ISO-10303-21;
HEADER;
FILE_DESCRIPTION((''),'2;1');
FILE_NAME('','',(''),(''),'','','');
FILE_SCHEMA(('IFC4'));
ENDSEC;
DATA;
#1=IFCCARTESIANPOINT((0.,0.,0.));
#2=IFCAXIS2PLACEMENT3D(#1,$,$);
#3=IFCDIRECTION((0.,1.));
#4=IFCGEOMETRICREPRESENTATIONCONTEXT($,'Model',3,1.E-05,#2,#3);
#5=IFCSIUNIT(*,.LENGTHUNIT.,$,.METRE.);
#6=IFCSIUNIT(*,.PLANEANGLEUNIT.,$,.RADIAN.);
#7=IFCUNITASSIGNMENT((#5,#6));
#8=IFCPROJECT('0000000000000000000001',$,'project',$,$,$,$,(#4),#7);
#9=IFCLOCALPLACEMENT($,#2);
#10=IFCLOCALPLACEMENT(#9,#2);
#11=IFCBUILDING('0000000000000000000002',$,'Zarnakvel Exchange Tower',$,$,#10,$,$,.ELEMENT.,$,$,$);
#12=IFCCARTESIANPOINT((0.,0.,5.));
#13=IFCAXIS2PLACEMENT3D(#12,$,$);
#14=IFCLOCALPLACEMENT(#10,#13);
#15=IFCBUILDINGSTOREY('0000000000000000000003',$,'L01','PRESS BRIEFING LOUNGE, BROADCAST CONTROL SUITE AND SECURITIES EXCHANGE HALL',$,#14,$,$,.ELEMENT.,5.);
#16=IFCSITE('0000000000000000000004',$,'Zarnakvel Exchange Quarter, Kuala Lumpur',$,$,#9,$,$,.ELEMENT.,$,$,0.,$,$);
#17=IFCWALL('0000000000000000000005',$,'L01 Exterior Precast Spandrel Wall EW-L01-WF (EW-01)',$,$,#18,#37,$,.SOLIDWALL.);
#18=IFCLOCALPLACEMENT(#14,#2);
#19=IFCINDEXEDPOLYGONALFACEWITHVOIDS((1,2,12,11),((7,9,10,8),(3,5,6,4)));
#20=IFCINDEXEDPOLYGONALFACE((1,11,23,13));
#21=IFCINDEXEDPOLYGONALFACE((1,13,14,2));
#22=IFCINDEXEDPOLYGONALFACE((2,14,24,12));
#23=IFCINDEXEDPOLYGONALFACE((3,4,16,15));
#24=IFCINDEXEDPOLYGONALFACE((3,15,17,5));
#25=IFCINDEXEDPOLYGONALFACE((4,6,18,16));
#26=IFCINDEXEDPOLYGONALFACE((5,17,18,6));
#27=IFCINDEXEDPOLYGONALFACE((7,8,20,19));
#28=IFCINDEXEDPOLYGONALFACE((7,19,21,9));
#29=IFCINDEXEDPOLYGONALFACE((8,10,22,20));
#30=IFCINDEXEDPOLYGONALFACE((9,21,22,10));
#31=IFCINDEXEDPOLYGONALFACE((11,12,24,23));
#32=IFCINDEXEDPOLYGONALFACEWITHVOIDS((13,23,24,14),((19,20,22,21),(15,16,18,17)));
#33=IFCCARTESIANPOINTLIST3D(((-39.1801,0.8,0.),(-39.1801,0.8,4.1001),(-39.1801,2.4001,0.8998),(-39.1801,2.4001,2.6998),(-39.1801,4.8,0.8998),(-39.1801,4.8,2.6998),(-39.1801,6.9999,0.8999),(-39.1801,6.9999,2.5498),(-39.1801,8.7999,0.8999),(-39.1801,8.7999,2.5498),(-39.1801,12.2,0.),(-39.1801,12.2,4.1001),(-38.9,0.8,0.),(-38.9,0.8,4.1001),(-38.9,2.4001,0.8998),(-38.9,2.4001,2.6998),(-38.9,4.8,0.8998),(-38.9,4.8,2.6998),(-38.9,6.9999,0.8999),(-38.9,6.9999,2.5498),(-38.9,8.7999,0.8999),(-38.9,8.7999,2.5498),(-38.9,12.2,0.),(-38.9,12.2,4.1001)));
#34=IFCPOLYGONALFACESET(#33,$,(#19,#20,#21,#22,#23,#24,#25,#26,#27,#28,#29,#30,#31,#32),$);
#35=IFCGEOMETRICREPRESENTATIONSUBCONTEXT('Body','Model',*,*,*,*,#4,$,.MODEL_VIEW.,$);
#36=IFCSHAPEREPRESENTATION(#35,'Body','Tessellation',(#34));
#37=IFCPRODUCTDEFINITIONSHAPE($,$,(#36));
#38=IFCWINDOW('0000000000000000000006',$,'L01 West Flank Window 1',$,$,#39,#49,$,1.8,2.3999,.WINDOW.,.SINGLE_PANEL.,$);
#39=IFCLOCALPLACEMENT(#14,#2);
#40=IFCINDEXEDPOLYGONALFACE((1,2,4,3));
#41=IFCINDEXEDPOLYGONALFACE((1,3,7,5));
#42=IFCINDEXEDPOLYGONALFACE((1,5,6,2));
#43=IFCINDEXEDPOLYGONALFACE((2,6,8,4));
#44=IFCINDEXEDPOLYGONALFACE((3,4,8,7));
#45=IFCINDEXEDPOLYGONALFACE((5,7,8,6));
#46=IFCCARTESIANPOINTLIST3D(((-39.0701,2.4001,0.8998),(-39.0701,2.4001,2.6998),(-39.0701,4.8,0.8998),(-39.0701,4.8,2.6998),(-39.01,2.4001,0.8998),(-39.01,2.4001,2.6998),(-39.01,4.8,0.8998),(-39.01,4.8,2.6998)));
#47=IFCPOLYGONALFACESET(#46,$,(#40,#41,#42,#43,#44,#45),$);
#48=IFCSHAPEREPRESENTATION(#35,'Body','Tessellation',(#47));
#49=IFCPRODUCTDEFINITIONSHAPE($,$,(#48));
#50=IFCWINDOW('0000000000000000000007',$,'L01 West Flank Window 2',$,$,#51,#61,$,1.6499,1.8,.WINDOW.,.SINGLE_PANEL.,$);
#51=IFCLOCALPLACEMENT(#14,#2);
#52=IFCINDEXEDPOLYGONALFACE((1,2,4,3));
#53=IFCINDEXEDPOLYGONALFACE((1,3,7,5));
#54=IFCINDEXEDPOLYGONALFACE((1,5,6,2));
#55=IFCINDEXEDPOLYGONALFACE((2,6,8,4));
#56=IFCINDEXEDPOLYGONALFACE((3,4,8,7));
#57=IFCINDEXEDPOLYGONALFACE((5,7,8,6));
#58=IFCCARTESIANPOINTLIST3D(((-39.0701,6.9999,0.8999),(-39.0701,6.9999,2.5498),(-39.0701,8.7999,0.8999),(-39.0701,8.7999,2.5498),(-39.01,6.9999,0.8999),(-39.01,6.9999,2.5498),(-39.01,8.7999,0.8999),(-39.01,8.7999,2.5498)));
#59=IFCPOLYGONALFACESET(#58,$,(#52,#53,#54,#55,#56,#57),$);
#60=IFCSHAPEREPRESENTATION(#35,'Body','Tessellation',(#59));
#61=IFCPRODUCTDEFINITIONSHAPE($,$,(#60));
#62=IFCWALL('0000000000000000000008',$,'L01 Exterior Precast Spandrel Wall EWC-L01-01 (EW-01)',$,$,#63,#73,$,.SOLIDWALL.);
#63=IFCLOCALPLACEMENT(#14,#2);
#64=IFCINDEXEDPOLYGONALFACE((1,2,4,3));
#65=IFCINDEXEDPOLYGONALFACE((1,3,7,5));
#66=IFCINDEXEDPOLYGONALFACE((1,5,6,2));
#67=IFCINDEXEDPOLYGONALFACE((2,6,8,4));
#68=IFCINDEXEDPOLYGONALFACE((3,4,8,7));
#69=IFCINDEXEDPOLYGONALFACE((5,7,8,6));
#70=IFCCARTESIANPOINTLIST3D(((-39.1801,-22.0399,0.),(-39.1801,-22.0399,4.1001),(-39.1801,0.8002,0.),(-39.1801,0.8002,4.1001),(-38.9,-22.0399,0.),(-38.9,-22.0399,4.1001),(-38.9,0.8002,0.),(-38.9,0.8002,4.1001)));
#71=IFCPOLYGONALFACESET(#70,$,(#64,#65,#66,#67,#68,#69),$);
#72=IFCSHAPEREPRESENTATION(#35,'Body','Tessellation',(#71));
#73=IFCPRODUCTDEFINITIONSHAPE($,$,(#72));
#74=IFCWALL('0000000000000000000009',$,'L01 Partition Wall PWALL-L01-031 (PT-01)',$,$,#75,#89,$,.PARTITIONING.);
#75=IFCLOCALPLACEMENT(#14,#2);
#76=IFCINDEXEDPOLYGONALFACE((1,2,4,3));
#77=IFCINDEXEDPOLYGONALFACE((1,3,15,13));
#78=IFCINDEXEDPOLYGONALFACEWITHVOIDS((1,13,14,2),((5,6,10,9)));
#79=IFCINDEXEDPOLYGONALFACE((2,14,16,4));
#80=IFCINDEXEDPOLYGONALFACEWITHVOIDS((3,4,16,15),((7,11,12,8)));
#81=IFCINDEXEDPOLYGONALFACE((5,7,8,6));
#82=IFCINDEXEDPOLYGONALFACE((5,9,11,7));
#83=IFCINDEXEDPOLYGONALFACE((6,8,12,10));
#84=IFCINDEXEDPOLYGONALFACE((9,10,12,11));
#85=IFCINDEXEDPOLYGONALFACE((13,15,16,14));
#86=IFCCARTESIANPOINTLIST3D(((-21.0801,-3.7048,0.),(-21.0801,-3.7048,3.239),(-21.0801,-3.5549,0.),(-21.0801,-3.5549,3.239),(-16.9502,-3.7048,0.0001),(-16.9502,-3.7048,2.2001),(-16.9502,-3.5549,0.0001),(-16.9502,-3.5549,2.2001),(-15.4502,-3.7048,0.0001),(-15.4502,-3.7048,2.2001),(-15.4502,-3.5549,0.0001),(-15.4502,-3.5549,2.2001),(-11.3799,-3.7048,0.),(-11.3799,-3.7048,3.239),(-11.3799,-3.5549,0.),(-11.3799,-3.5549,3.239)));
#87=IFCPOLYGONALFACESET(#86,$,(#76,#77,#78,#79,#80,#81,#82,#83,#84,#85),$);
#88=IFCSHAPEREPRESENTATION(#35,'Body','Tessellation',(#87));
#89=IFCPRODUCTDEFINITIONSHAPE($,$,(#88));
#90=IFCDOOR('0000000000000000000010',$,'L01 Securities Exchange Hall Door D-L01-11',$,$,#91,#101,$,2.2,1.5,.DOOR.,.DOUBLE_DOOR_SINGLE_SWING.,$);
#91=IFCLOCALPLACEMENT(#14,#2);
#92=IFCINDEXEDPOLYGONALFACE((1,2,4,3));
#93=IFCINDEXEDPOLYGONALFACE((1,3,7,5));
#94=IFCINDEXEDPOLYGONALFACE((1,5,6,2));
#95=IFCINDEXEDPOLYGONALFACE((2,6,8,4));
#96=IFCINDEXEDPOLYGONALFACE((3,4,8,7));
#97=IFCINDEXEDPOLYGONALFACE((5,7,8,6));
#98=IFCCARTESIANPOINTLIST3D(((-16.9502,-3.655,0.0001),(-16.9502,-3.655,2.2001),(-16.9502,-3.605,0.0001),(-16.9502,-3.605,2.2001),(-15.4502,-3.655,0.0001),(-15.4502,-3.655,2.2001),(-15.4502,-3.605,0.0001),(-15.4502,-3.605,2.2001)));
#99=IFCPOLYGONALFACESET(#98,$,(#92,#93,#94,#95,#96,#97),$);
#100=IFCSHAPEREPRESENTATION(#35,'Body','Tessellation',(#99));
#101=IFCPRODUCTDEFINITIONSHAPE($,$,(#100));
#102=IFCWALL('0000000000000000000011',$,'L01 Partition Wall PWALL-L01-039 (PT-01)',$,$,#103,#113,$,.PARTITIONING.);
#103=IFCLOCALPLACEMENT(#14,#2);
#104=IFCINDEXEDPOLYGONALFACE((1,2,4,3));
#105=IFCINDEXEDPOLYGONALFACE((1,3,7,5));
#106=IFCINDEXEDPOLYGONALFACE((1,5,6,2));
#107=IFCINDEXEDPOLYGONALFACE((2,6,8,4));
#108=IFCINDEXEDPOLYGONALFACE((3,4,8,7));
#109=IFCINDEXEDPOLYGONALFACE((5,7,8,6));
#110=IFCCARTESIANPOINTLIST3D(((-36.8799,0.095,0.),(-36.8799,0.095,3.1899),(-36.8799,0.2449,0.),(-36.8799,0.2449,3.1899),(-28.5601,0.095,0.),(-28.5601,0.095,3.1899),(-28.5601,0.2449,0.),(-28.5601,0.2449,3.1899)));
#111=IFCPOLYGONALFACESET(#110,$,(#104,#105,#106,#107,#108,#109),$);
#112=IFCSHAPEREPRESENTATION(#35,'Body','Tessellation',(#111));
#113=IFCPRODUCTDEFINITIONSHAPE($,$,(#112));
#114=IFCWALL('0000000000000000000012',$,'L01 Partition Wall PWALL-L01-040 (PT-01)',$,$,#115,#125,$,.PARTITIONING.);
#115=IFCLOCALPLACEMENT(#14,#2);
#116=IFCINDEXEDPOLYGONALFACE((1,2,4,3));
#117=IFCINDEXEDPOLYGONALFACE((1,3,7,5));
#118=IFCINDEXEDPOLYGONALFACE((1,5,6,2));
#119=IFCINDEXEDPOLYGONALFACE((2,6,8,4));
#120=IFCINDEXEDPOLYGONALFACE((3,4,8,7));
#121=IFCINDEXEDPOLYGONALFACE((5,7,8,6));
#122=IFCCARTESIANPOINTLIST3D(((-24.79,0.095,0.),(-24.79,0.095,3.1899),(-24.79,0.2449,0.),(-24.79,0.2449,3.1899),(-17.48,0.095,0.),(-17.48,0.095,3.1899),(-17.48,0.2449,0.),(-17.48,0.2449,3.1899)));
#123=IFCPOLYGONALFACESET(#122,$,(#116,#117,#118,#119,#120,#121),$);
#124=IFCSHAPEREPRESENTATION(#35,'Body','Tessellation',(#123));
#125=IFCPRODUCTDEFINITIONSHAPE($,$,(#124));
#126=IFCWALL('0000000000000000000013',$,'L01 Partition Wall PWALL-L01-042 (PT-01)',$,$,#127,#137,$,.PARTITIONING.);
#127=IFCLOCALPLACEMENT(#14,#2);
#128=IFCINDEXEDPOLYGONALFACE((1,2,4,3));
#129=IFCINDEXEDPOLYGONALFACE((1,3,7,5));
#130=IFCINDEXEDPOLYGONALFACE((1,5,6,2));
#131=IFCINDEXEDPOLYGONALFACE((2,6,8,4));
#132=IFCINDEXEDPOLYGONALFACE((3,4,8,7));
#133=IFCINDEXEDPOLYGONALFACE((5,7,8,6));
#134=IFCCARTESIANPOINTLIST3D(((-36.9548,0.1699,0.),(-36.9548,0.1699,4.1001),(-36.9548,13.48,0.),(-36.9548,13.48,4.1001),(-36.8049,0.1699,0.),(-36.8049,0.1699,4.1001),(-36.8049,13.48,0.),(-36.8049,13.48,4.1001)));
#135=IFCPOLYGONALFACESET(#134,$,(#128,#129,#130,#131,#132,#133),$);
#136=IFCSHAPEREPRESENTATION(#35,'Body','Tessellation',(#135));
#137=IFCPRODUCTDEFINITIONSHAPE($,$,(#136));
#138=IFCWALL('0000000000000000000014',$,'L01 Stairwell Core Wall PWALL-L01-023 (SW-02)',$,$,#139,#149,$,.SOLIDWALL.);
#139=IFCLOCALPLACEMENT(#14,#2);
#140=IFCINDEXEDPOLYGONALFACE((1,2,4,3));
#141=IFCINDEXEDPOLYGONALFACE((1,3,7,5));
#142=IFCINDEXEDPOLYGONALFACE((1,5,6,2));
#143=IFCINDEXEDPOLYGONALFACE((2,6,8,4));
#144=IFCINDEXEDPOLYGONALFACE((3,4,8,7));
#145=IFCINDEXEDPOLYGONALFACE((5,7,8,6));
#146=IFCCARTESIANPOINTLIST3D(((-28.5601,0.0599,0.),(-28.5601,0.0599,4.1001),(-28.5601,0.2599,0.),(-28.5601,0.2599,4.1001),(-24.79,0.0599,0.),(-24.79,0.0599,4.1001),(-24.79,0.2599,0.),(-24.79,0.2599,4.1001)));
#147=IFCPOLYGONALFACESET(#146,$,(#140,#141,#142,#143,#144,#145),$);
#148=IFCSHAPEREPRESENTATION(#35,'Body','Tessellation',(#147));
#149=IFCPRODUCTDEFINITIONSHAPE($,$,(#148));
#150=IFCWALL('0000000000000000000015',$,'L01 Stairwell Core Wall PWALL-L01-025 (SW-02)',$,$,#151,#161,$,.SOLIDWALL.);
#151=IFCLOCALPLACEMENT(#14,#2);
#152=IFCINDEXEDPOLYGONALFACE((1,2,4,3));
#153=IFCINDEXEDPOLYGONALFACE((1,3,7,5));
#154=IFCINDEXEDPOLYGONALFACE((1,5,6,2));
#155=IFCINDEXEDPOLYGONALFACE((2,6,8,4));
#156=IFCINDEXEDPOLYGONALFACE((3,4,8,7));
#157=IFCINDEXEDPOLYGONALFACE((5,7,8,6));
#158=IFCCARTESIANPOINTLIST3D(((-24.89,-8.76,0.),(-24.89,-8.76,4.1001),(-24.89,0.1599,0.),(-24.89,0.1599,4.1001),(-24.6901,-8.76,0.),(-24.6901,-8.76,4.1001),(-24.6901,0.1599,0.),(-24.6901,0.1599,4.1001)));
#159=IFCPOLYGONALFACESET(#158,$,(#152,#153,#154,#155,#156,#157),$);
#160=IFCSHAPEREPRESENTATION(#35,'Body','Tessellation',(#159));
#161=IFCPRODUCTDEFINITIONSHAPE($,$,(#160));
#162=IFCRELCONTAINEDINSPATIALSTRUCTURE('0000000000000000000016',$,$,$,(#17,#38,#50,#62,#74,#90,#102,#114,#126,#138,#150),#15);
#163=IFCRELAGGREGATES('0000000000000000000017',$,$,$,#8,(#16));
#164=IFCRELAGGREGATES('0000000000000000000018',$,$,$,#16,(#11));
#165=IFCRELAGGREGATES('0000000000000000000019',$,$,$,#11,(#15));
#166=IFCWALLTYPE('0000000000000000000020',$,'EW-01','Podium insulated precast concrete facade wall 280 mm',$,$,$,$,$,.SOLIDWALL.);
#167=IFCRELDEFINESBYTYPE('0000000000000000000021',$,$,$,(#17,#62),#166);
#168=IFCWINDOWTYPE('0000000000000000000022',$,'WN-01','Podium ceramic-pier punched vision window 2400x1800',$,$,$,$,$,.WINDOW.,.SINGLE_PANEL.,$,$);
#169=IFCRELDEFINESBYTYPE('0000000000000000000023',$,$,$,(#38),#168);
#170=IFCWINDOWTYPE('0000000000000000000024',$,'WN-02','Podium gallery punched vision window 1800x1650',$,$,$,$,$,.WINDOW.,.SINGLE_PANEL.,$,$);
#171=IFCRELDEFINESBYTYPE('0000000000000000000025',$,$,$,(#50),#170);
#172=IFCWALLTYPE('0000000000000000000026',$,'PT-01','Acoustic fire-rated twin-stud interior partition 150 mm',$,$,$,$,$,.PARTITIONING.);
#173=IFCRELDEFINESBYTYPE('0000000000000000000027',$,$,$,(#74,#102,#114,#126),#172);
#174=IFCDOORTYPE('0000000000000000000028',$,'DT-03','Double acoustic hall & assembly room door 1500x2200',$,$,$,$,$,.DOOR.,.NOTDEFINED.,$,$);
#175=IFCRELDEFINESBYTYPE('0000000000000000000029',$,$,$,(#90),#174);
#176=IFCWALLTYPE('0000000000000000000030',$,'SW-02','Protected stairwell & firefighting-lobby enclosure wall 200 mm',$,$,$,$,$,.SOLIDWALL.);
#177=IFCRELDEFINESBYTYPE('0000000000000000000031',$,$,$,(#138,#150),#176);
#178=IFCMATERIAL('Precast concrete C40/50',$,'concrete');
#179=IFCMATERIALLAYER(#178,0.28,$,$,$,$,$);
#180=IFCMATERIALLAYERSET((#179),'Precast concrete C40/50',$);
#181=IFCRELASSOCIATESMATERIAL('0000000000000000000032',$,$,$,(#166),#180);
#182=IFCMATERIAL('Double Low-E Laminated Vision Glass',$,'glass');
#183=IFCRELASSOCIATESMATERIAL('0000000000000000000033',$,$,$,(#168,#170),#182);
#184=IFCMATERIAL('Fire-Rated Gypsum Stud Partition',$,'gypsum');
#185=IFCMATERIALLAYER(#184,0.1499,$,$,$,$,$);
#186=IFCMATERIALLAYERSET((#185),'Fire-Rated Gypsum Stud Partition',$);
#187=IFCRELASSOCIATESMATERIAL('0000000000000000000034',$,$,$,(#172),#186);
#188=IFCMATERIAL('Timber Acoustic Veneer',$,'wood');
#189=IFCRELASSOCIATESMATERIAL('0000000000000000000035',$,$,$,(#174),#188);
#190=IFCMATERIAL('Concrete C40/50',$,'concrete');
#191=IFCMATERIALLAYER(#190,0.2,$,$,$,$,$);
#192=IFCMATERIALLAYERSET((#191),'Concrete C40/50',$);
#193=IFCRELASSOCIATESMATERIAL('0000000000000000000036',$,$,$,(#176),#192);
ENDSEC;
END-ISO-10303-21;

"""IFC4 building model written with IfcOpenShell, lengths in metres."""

from ifc_helpers import new_model, si_unit, direction, frame, frame_2d, origin, place, context, subcontext, project, spatial, rectangle, extrude, source, transform, mapped, material, layer, layer_set, type_object, element, fill, save


model = new_model("IFC4")

# Units and contexts
model_context = context("Model", 3, precision=1e-05, world=origin(), true_north=direction((0.0, 1.0)))
body_context = subcontext(model_context, "Body", "Model", "MODEL_VIEW")
ifc_project = project(units=[si_unit("LENGTHUNIT", "METRE"), si_unit("PLANEANGLEUNIT", "RADIAN")], contexts=[model_context])

# Site, building, storey
site_placement = place(None, origin())
site = spatial("IfcSite", under=ifc_project, at=site_placement, Name="Zarnakvel Exchange Quarter, Kuala Lumpur", CompositionType="ELEMENT", RefElevation=0.0)
building_placement = place(site_placement, origin())
building = spatial("IfcBuilding", under=site, at=building_placement, Name="Zarnakvel Exchange Tower", CompositionType="ELEMENT")
storey_placement = place(building_placement, frame((0.0, 0.0, 5.0)))
storey = spatial("IfcBuildingStorey", under=building, at=storey_placement, Name="L01", Description="PRESS BRIEFING LOUNGE, BROADCAST CONTROL SUITE AND SECURITIES EXCHANGE HALL", CompositionType="ELEMENT", Elevation=5.0)

# Wall, openings, windows
ifc_material_1 = material(Name="Precast concrete C40/50", Category="concrete")
ifc_layer_1 = layer(ifc_material_1, 0.28)
ifc_layer_set_1 = layer_set([ifc_layer_1], Name="Precast concrete C40/50")
wall_type_1 = type_object("IfcWallType", Name="EW-01", Description="Podium insulated precast concrete facade wall 280 mm", PredefinedType="SOLIDWALL", material=ifc_layer_set_1)
wall_1_placement = place(storey_placement, frame((-39.04, 0.8, 0.0), z_axis=(0.0, 0.0, 1.0), x_axis=(0.0, 1.0, 0.0)))
wall_1 = element("IfcWall", 1, at=wall_1_placement, inside=storey, type_object=wall_type_1, Name="L01 Exterior Precast Spandrel Wall EW-L01-WF (EW-01)", PredefinedType="SOLIDWALL", context=body_context, shape_type="SweptSolid", body=[
    extrude(rectangle(XDim=11.3999, YDim=0.28, at=frame_2d((5.7, 0.0))), origin(), (0.0, 0.0, 1.0), 4.1001),
])
opening_1_placement = place(wall_1_placement, frame((1.6001, 0.0, 0.8999)))
opening_1 = element("IfcOpeningElement", 2, at=opening_1_placement, cuts=wall_1, PredefinedType="OPENING", context=body_context, shape_type="SweptSolid", body=[
    extrude(rectangle(XDim=2.3999, YDim=1.8, at=frame_2d((1.2, 0.8999))), frame((0.0, 0.1499, 0.0), z_axis=(0.0, -1.0, 0.0), x_axis=(1.0, 0.0, 0.0)), (0.0, 0.0, 1.0), 0.3),
])
opening_2_placement = place(wall_1_placement, frame((6.2, 0.0, 0.8999)))
opening_2 = element("IfcOpeningElement", 3, at=opening_2_placement, cuts=wall_1, PredefinedType="OPENING", context=body_context, shape_type="SweptSolid", body=[
    extrude(rectangle(XDim=1.8, YDim=1.6499, at=frame_2d((0.8999, 0.825))), frame((0.0, 0.1499, 0.0), z_axis=(0.0, -1.0, 0.0), x_axis=(1.0, 0.0, 0.0)), (0.0, 0.0, 1.0), 0.3),
])
ifc_material_2 = material(Name="Double Low-E Laminated Vision Glass", Category="glass")
window_type_1 = type_object("IfcWindowType", Name="WN-01", Description="Podium ceramic-pier punched vision window 2400x1800", PartitioningType="SINGLE_PANEL", PredefinedType="WINDOW", material=ifc_material_2)
shared_shape_1 = source(origin(), body_context, "Body", "SweptSolid", [
    extrude(rectangle(XDim=2.3999, YDim=1.8, at=frame_2d((1.2, 0.8999))), frame((0.0, 0.03, 0.0), z_axis=(0.0, -1.0, 0.0), x_axis=(1.0, 0.0, 0.0)), (0.0, 0.0, 1.0), 0.0601),
])
window_1_placement = place(opening_1_placement, origin())
window_1 = element("IfcWindow", 4, at=window_1_placement, inside=storey, type_object=window_type_1, Name="L01 West Flank Window 1", OverallHeight=1.8, OverallWidth=2.3999, PartitioningType="SINGLE_PANEL", PredefinedType="WINDOW", context=body_context, shape_type="MappedRepresentation", body=[
    mapped(shared_shape_1, transform((0.0, 0.0, 0.0), x_axis=(1.0, 0.0, 0.0), y_axis=(0.0, 1.0, 0.0), z_axis=(0.0, 0.0, 1.0), scale=1.0)),
])
fill(opening_1, window_1)
window_type_2 = type_object("IfcWindowType", Name="WN-02", Description="Podium gallery punched vision window 1800x1650", PartitioningType="SINGLE_PANEL", PredefinedType="WINDOW", material=ifc_material_2)
shared_shape_2 = source(origin(), body_context, "Body", "SweptSolid", [
    extrude(rectangle(XDim=1.8, YDim=1.6499, at=frame_2d((0.8999, 0.825))), frame((0.0, 0.03, 0.0), z_axis=(0.0, -1.0, 0.0), x_axis=(1.0, 0.0, 0.0)), (0.0, 0.0, 1.0), 0.0601),
])
window_2_placement = place(opening_2_placement, origin())
window_2 = element("IfcWindow", 5, at=window_2_placement, inside=storey, type_object=window_type_2, Name="L01 West Flank Window 2", OverallHeight=1.6499, OverallWidth=1.8, PartitioningType="SINGLE_PANEL", PredefinedType="WINDOW", context=body_context, shape_type="MappedRepresentation", body=[
    mapped(shared_shape_2, transform((0.0, 0.0, 0.0), x_axis=(1.0, 0.0, 0.0), y_axis=(0.0, 1.0, 0.0), z_axis=(0.0, 0.0, 1.0), scale=1.0)),
])
fill(opening_2, window_2)

# Wall
wall_2_placement = place(storey_placement, frame((-39.04, 0.8, 0.0), z_axis=(0.0, 0.0, 1.0), x_axis=(0.0, -1.0, 0.0)))
element("IfcWall", 6, at=wall_2_placement, inside=storey, type_object=wall_type_1, Name="L01 Exterior Precast Spandrel Wall EWC-L01-01 (EW-01)", PredefinedType="SOLIDWALL", context=body_context, shape_type="SweptSolid", body=[
    extrude(rectangle(XDim=22.8401, YDim=0.28, at=frame_2d((11.4199, 0.0))), origin(), (0.0, 0.0, 1.0), 4.1001),
])

# Wall, opening, door
ifc_material_3 = material(Name="Fire-Rated Gypsum Stud Partition", Category="gypsum")
ifc_layer_2 = layer(ifc_material_3, 0.1499)
ifc_layer_set_2 = layer_set([ifc_layer_2], Name="Fire-Rated Gypsum Stud Partition")
wall_type_2 = type_object("IfcWallType", Name="PT-01", Description="Acoustic fire-rated twin-stud interior partition 150 mm", PredefinedType="PARTITIONING", material=ifc_layer_set_2)
wall_3_placement = place(storey_placement, frame((-21.0801, -3.6299, 0.0), z_axis=(0.0, 0.0, 1.0), x_axis=(1.0, 0.0, 0.0)))
wall_3 = element("IfcWall", 7, at=wall_3_placement, inside=storey, type_object=wall_type_2, Name="L01 Partition Wall PWALL-L01-031 (PT-01)", PredefinedType="PARTITIONING", context=body_context, shape_type="SweptSolid", body=[
    extrude(rectangle(XDim=9.7002, YDim=0.1499, at=frame_2d((4.8501, 0.0))), origin(), (0.0, 0.0, 1.0), 3.239),
])
opening_3_placement = place(wall_3_placement, frame((4.1299, 0.0, 0.0)))
opening_3 = element("IfcOpeningElement", 8, at=opening_3_placement, cuts=wall_3, PredefinedType="OPENING", context=body_context, shape_type="SweptSolid", body=[
    extrude(rectangle(XDim=1.5, YDim=2.2, at=frame_2d((0.75, 1.1001))), frame((0.0, 0.085, 0.0), z_axis=(0.0, -1.0, 0.0), x_axis=(1.0, 0.0, 0.0)), (0.0, 0.0, 1.0), 0.1699),
])
ifc_material_4 = material(Name="Timber Acoustic Veneer", Category="wood")
door_type_1 = type_object("IfcDoorType", Name="DT-03", Description="Double acoustic hall & assembly room door 1500x2200", OperationType="NOTDEFINED", PredefinedType="DOOR", material=ifc_material_4)
shared_shape_3 = source(origin(), body_context, "Body", "SweptSolid", [
    extrude(rectangle(XDim=1.5, YDim=2.2, at=frame_2d((0.75, 1.1001))), frame((0.0, 0.0249, 0.0), z_axis=(0.0, -1.0, 0.0), x_axis=(1.0, 0.0, 0.0)), (0.0, 0.0, 1.0), 0.05),
])
door_1_placement = place(opening_3_placement, origin())
door_1 = element("IfcDoor", 9, at=door_1_placement, inside=storey, type_object=door_type_1, Name="L01 Securities Exchange Hall Door D-L01-11", OperationType="DOUBLE_DOOR_SINGLE_SWING", OverallHeight=2.2, OverallWidth=1.5, PredefinedType="DOOR", context=body_context, shape_type="MappedRepresentation", body=[
    mapped(shared_shape_3, transform((0.0, 0.0, 0.0), x_axis=(1.0, 0.0, 0.0), y_axis=(0.0, 1.0, 0.0), z_axis=(0.0, 0.0, 1.0), scale=1.0)),
])
fill(opening_3, door_1)

# Walls
wall_4_placement = place(storey_placement, frame((-28.5601, 0.1699, 0.0), z_axis=(0.0, 0.0, 1.0), x_axis=(-1.0, 0.0, 0.0)))
element("IfcWall", 10, at=wall_4_placement, inside=storey, type_object=wall_type_2, Name="L01 Partition Wall PWALL-L01-039 (PT-01)", PredefinedType="PARTITIONING", context=body_context, shape_type="SweptSolid", body=[
    extrude(rectangle(XDim=8.3198, YDim=0.1499, at=frame_2d((4.1599, 0.0))), origin(), (0.0, 0.0, 1.0), 3.1899),
])
wall_5_placement = place(storey_placement, frame((-17.48, 0.1699, 0.0), z_axis=(0.0, 0.0, 1.0), x_axis=(-1.0, 0.0, 0.0)))
element("IfcWall", 11, at=wall_5_placement, inside=storey, type_object=wall_type_2, Name="L01 Partition Wall PWALL-L01-040 (PT-01)", PredefinedType="PARTITIONING", context=body_context, shape_type="SweptSolid", body=[
    extrude(rectangle(XDim=7.3101, YDim=0.1499, at=frame_2d((3.655, 0.0))), origin(), (0.0, 0.0, 1.0), 3.1899),
])
wall_6_placement = place(storey_placement, frame((-36.8799, 0.1699, 0.0), z_axis=(0.0, 0.0, 1.0), x_axis=(0.0, 1.0, 0.0)))
element("IfcWall", 12, at=wall_6_placement, inside=storey, type_object=wall_type_2, Name="L01 Partition Wall PWALL-L01-042 (PT-01)", PredefinedType="PARTITIONING", context=body_context, shape_type="SweptSolid", body=[
    extrude(rectangle(XDim=13.3101, YDim=0.1499, at=frame_2d((6.655, 0.0))), origin(), (0.0, 0.0, 1.0), 4.1001),
])

# Shared definitions
ifc_material_5 = material(Name="Concrete C40/50", Category="concrete")
ifc_layer_3 = layer(ifc_material_5, 0.2)
ifc_layer_set_3 = layer_set([ifc_layer_3], Name="Concrete C40/50")
wall_type_3 = type_object("IfcWallType", Name="SW-02", Description="Protected stairwell & firefighting-lobby enclosure wall 200 mm", PredefinedType="SOLIDWALL", material=ifc_layer_set_3)

# Walls
wall_7_placement = place(storey_placement, frame((-28.5601, 0.1599, 0.0), z_axis=(0.0, 0.0, 1.0), x_axis=(1.0, 0.0, 0.0)))
element("IfcWall", 13, at=wall_7_placement, inside=storey, type_object=wall_type_3, Name="L01 Stairwell Core Wall PWALL-L01-023 (SW-02)", PredefinedType="SOLIDWALL", context=body_context, shape_type="SweptSolid", body=[
    extrude(rectangle(XDim=3.77, YDim=0.2, at=frame_2d((1.885, 0.0))), origin(), (0.0, 0.0, 1.0), 4.1001),
])
wall_8_placement = place(storey_placement, frame((-24.79, 0.1599, 0.0), z_axis=(0.0, 0.0, 1.0), x_axis=(0.0, -1.0, 0.0)))
element("IfcWall", 14, at=wall_8_placement, inside=storey, type_object=wall_type_3, Name="L01 Stairwell Core Wall PWALL-L01-025 (SW-02)", PredefinedType="SOLIDWALL", context=body_context, shape_type="SweptSolid", body=[
    extrude(rectangle(XDim=8.9199, YDim=0.2, at=frame_2d((4.46, 0.0))), origin(), (0.0, 0.0, 1.0), 4.1001),
])

save(model, "model.ifc")
